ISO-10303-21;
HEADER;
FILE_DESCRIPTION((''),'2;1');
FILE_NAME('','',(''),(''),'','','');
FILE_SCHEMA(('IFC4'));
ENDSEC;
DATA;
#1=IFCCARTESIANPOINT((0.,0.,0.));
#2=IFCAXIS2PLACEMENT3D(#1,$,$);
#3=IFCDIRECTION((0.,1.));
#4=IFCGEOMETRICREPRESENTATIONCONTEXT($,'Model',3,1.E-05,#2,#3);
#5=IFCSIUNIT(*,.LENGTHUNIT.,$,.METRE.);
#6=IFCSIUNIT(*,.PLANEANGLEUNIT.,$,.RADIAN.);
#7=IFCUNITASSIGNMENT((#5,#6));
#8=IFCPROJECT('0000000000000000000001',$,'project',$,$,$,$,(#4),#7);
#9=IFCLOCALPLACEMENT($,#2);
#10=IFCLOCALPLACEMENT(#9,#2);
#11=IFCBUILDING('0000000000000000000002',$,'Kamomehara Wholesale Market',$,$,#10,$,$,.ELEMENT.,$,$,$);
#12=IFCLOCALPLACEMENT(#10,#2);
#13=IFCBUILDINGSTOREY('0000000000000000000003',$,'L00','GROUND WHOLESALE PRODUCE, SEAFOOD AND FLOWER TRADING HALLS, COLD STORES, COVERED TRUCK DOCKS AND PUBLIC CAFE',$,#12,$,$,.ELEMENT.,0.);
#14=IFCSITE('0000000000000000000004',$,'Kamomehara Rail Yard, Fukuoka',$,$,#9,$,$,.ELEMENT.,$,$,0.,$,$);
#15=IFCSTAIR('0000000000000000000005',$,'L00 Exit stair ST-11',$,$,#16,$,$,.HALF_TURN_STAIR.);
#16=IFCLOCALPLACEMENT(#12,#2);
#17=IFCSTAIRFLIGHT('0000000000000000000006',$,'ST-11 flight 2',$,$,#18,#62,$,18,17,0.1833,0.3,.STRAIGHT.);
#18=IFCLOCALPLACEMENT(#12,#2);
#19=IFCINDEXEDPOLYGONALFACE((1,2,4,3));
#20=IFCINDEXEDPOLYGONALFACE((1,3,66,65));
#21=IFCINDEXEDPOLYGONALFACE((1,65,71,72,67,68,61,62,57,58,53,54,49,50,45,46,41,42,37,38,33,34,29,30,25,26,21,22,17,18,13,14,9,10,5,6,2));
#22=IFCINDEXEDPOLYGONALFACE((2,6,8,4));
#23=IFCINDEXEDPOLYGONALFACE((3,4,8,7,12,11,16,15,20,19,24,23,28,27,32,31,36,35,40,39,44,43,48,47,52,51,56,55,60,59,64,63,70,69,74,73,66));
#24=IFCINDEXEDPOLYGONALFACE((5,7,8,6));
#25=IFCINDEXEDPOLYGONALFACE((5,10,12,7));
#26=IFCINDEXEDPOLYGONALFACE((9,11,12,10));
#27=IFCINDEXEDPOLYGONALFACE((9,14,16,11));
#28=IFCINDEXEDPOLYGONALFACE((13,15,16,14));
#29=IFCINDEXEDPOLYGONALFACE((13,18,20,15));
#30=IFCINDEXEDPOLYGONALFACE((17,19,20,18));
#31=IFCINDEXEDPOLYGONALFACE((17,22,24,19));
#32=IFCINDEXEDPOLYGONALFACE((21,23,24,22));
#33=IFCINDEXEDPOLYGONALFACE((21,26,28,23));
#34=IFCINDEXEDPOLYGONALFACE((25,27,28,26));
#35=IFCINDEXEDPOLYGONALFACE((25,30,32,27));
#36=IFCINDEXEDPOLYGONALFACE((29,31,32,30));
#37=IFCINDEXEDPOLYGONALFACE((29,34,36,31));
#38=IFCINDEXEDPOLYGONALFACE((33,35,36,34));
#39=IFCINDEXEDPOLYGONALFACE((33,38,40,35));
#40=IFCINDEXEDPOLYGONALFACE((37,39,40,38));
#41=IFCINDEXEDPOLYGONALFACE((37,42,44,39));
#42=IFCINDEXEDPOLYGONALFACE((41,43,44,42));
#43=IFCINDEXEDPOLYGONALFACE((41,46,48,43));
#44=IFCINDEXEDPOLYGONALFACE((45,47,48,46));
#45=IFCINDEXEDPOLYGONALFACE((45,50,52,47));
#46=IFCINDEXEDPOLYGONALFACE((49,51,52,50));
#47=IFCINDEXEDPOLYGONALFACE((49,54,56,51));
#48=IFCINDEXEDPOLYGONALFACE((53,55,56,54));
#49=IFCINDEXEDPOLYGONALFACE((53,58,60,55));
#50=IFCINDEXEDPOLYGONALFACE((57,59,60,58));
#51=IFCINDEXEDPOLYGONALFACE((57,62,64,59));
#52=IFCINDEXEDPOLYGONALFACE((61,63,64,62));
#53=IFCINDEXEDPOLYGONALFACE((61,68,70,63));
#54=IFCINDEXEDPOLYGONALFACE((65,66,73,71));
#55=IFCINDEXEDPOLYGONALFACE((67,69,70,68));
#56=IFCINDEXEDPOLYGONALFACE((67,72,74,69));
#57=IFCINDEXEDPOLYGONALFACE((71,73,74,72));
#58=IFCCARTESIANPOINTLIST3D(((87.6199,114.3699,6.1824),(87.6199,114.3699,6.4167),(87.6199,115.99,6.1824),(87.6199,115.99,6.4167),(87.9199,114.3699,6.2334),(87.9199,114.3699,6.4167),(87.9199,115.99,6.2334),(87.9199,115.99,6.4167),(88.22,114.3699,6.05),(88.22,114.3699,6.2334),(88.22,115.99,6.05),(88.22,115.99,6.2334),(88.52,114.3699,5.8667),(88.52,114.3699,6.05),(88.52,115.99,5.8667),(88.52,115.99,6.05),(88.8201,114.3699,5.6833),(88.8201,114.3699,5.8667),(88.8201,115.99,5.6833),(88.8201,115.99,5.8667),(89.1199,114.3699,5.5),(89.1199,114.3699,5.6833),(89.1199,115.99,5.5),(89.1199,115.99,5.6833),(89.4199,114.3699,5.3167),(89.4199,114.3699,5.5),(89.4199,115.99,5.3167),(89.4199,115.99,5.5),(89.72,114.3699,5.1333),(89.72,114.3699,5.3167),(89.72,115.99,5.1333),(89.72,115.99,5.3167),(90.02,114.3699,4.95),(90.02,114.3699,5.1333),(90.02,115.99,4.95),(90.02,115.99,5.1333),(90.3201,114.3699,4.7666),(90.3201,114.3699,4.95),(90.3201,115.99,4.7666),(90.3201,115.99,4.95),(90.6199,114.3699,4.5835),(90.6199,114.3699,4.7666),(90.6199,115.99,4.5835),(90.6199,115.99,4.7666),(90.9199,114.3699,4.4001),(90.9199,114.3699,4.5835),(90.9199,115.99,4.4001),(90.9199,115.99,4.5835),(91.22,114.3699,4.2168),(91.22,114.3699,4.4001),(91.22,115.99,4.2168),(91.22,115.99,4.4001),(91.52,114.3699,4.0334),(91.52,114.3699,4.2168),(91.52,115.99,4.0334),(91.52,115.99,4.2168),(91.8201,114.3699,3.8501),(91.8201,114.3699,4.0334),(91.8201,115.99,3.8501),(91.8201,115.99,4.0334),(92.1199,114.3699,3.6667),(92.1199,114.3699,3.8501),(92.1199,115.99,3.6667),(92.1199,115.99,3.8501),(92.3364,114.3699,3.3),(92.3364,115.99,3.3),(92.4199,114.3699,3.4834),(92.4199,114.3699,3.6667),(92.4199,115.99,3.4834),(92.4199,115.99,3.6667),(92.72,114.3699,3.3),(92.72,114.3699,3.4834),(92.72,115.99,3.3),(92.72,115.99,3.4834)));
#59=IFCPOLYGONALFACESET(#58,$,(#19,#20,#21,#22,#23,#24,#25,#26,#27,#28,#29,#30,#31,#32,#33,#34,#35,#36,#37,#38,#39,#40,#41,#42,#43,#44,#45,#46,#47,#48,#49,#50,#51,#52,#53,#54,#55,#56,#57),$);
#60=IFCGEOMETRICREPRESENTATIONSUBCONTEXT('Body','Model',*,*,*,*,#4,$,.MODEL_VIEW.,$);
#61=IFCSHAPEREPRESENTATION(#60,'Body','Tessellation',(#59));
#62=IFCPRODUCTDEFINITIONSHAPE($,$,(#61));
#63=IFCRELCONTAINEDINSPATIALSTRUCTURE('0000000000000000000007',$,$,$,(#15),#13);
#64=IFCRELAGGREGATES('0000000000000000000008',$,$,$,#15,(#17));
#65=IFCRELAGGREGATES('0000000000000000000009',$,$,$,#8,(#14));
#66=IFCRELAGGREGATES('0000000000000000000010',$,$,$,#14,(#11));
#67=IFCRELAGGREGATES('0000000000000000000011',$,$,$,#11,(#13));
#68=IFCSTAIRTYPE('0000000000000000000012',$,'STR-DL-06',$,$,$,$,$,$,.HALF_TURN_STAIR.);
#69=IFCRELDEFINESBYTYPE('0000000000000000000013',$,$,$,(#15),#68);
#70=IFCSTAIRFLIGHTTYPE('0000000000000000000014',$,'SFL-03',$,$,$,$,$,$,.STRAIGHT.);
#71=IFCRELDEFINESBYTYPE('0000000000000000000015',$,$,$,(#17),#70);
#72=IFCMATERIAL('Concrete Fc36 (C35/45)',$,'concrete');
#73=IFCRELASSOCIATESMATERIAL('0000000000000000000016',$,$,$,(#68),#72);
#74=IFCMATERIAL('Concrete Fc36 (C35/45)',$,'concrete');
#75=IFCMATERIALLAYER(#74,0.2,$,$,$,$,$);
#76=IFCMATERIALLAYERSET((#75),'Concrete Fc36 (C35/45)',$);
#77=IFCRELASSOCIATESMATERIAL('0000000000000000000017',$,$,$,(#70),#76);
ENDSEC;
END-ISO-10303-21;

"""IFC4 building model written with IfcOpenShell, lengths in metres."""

from ifc_helpers import new_model, si_unit, direction, frame, origin, place, context, subcontext, project, spatial, polyline, outline, extrude, material, layer, layer_set, type_object, element, aggregate, save


model = new_model("IFC4")

# Units and contexts
model_context = context("Model", 3, precision=1e-05, world=origin(), true_north=direction((0.0, 1.0)))
body_context = subcontext(model_context, "Body", "Model", "MODEL_VIEW")
ifc_project = project(units=[si_unit("LENGTHUNIT", "METRE"), si_unit("PLANEANGLEUNIT", "RADIAN")], contexts=[model_context])

# Site, building, storey
site_placement = place(None, origin())
site = spatial("IfcSite", under=ifc_project, at=site_placement, Name="Kamomehara Rail Yard, Fukuoka", CompositionType="ELEMENT", RefElevation=0.0)
building_placement = place(site_placement, origin())
building = spatial("IfcBuilding", under=site, at=building_placement, Name="Kamomehara Wholesale Market", CompositionType="ELEMENT")
storey_placement = place(building_placement, origin())
storey = spatial("IfcBuildingStorey", under=building, at=storey_placement, Name="L00", Description="GROUND WHOLESALE PRODUCE, SEAFOOD AND FLOWER TRADING HALLS, COLD STORES, COVERED TRUCK DOCKS AND PUBLIC CAFE", CompositionType="ELEMENT", Elevation=0.0)

# Stair, stair flight
ifc_material_1 = material(Name="Concrete Fc36 (C35/45)", Category="concrete")
stair_type = type_object("IfcStairType", Name="STR-DL-06", PredefinedType="HALF_TURN_STAIR", material=ifc_material_1)
stair_placement = place(storey_placement, origin())
stair = element("IfcStair", 1, at=stair_placement, inside=storey, type_object=stair_type, Name="L00 Exit stair ST-11", PredefinedType="HALF_TURN_STAIR")
ifc_material_2 = material(Name="Concrete Fc36 (C35/45)", Category="concrete")
ifc_layer = layer(ifc_material_2, 0.2)
ifc_layer_set = layer_set([ifc_layer], Name="Concrete Fc36 (C35/45)")
stair_flight_type = type_object("IfcStairFlightType", Name="SFL-03", PredefinedType="STRAIGHT", material=ifc_layer_set)
stair_flight_1_placement = place(storey_placement, frame((92.72, 115.1799, 3.3), z_axis=(0.0, 0.0, 1.0), x_axis=(-1.0, 0.0, 0.0)))
stair_flight_1 = element("IfcStairFlight", 2, at=stair_flight_1_placement, type_object=stair_flight_type, Name="ST-11 flight 2", NumberOfRisers=18, NumberOfTreads=17, PredefinedType="STRAIGHT", RiserHeight=0.1833, TreadLength=0.3, context=body_context, shape_type="SweptSolid", body=[
    extrude(outline(polyline([(0.0, 0.0), (0.0, 0.1833), (0.3, 0.1833), (0.3, 0.3667), (0.6001, 0.3667), (0.6001, 0.55), (0.8999, 0.55), (0.8999, 0.7334), (1.2, 0.7334), (1.2, 0.9167), (1.5, 0.9167), (1.5, 1.1001), (1.8, 1.1001), (1.8, 1.2834), (2.1001, 1.2834), (2.1001, 1.4666), (2.3999, 1.4666), (2.3999, 1.6499), (2.7, 1.6499), (2.7, 1.8333), (3.0, 1.8333), (3.0, 2.0166), (3.3, 2.0166), (3.3, 2.2), (3.6001, 2.2), (3.6001, 2.3833), (3.8999, 2.3833), (3.8999, 2.5667), (4.2, 2.5667), (4.2, 2.75), (4.5, 2.75), (4.5, 2.9333), (4.8, 2.9333), (4.8, 3.1167), (5.1001, 3.1167), (5.1001, 3.3), (5.1001, 2.8823), (0.3835, 0.0), (0.0, 0.0)])), frame((0.0, 0.8101, 0.0), z_axis=(0.0, -1.0, 0.0), x_axis=(1.0, 0.0, 0.0)), (0.0, 0.0, 1.0), 1.6201),
])
aggregate(stair, [stair_flight_1])

save(model, "model.ifc")
